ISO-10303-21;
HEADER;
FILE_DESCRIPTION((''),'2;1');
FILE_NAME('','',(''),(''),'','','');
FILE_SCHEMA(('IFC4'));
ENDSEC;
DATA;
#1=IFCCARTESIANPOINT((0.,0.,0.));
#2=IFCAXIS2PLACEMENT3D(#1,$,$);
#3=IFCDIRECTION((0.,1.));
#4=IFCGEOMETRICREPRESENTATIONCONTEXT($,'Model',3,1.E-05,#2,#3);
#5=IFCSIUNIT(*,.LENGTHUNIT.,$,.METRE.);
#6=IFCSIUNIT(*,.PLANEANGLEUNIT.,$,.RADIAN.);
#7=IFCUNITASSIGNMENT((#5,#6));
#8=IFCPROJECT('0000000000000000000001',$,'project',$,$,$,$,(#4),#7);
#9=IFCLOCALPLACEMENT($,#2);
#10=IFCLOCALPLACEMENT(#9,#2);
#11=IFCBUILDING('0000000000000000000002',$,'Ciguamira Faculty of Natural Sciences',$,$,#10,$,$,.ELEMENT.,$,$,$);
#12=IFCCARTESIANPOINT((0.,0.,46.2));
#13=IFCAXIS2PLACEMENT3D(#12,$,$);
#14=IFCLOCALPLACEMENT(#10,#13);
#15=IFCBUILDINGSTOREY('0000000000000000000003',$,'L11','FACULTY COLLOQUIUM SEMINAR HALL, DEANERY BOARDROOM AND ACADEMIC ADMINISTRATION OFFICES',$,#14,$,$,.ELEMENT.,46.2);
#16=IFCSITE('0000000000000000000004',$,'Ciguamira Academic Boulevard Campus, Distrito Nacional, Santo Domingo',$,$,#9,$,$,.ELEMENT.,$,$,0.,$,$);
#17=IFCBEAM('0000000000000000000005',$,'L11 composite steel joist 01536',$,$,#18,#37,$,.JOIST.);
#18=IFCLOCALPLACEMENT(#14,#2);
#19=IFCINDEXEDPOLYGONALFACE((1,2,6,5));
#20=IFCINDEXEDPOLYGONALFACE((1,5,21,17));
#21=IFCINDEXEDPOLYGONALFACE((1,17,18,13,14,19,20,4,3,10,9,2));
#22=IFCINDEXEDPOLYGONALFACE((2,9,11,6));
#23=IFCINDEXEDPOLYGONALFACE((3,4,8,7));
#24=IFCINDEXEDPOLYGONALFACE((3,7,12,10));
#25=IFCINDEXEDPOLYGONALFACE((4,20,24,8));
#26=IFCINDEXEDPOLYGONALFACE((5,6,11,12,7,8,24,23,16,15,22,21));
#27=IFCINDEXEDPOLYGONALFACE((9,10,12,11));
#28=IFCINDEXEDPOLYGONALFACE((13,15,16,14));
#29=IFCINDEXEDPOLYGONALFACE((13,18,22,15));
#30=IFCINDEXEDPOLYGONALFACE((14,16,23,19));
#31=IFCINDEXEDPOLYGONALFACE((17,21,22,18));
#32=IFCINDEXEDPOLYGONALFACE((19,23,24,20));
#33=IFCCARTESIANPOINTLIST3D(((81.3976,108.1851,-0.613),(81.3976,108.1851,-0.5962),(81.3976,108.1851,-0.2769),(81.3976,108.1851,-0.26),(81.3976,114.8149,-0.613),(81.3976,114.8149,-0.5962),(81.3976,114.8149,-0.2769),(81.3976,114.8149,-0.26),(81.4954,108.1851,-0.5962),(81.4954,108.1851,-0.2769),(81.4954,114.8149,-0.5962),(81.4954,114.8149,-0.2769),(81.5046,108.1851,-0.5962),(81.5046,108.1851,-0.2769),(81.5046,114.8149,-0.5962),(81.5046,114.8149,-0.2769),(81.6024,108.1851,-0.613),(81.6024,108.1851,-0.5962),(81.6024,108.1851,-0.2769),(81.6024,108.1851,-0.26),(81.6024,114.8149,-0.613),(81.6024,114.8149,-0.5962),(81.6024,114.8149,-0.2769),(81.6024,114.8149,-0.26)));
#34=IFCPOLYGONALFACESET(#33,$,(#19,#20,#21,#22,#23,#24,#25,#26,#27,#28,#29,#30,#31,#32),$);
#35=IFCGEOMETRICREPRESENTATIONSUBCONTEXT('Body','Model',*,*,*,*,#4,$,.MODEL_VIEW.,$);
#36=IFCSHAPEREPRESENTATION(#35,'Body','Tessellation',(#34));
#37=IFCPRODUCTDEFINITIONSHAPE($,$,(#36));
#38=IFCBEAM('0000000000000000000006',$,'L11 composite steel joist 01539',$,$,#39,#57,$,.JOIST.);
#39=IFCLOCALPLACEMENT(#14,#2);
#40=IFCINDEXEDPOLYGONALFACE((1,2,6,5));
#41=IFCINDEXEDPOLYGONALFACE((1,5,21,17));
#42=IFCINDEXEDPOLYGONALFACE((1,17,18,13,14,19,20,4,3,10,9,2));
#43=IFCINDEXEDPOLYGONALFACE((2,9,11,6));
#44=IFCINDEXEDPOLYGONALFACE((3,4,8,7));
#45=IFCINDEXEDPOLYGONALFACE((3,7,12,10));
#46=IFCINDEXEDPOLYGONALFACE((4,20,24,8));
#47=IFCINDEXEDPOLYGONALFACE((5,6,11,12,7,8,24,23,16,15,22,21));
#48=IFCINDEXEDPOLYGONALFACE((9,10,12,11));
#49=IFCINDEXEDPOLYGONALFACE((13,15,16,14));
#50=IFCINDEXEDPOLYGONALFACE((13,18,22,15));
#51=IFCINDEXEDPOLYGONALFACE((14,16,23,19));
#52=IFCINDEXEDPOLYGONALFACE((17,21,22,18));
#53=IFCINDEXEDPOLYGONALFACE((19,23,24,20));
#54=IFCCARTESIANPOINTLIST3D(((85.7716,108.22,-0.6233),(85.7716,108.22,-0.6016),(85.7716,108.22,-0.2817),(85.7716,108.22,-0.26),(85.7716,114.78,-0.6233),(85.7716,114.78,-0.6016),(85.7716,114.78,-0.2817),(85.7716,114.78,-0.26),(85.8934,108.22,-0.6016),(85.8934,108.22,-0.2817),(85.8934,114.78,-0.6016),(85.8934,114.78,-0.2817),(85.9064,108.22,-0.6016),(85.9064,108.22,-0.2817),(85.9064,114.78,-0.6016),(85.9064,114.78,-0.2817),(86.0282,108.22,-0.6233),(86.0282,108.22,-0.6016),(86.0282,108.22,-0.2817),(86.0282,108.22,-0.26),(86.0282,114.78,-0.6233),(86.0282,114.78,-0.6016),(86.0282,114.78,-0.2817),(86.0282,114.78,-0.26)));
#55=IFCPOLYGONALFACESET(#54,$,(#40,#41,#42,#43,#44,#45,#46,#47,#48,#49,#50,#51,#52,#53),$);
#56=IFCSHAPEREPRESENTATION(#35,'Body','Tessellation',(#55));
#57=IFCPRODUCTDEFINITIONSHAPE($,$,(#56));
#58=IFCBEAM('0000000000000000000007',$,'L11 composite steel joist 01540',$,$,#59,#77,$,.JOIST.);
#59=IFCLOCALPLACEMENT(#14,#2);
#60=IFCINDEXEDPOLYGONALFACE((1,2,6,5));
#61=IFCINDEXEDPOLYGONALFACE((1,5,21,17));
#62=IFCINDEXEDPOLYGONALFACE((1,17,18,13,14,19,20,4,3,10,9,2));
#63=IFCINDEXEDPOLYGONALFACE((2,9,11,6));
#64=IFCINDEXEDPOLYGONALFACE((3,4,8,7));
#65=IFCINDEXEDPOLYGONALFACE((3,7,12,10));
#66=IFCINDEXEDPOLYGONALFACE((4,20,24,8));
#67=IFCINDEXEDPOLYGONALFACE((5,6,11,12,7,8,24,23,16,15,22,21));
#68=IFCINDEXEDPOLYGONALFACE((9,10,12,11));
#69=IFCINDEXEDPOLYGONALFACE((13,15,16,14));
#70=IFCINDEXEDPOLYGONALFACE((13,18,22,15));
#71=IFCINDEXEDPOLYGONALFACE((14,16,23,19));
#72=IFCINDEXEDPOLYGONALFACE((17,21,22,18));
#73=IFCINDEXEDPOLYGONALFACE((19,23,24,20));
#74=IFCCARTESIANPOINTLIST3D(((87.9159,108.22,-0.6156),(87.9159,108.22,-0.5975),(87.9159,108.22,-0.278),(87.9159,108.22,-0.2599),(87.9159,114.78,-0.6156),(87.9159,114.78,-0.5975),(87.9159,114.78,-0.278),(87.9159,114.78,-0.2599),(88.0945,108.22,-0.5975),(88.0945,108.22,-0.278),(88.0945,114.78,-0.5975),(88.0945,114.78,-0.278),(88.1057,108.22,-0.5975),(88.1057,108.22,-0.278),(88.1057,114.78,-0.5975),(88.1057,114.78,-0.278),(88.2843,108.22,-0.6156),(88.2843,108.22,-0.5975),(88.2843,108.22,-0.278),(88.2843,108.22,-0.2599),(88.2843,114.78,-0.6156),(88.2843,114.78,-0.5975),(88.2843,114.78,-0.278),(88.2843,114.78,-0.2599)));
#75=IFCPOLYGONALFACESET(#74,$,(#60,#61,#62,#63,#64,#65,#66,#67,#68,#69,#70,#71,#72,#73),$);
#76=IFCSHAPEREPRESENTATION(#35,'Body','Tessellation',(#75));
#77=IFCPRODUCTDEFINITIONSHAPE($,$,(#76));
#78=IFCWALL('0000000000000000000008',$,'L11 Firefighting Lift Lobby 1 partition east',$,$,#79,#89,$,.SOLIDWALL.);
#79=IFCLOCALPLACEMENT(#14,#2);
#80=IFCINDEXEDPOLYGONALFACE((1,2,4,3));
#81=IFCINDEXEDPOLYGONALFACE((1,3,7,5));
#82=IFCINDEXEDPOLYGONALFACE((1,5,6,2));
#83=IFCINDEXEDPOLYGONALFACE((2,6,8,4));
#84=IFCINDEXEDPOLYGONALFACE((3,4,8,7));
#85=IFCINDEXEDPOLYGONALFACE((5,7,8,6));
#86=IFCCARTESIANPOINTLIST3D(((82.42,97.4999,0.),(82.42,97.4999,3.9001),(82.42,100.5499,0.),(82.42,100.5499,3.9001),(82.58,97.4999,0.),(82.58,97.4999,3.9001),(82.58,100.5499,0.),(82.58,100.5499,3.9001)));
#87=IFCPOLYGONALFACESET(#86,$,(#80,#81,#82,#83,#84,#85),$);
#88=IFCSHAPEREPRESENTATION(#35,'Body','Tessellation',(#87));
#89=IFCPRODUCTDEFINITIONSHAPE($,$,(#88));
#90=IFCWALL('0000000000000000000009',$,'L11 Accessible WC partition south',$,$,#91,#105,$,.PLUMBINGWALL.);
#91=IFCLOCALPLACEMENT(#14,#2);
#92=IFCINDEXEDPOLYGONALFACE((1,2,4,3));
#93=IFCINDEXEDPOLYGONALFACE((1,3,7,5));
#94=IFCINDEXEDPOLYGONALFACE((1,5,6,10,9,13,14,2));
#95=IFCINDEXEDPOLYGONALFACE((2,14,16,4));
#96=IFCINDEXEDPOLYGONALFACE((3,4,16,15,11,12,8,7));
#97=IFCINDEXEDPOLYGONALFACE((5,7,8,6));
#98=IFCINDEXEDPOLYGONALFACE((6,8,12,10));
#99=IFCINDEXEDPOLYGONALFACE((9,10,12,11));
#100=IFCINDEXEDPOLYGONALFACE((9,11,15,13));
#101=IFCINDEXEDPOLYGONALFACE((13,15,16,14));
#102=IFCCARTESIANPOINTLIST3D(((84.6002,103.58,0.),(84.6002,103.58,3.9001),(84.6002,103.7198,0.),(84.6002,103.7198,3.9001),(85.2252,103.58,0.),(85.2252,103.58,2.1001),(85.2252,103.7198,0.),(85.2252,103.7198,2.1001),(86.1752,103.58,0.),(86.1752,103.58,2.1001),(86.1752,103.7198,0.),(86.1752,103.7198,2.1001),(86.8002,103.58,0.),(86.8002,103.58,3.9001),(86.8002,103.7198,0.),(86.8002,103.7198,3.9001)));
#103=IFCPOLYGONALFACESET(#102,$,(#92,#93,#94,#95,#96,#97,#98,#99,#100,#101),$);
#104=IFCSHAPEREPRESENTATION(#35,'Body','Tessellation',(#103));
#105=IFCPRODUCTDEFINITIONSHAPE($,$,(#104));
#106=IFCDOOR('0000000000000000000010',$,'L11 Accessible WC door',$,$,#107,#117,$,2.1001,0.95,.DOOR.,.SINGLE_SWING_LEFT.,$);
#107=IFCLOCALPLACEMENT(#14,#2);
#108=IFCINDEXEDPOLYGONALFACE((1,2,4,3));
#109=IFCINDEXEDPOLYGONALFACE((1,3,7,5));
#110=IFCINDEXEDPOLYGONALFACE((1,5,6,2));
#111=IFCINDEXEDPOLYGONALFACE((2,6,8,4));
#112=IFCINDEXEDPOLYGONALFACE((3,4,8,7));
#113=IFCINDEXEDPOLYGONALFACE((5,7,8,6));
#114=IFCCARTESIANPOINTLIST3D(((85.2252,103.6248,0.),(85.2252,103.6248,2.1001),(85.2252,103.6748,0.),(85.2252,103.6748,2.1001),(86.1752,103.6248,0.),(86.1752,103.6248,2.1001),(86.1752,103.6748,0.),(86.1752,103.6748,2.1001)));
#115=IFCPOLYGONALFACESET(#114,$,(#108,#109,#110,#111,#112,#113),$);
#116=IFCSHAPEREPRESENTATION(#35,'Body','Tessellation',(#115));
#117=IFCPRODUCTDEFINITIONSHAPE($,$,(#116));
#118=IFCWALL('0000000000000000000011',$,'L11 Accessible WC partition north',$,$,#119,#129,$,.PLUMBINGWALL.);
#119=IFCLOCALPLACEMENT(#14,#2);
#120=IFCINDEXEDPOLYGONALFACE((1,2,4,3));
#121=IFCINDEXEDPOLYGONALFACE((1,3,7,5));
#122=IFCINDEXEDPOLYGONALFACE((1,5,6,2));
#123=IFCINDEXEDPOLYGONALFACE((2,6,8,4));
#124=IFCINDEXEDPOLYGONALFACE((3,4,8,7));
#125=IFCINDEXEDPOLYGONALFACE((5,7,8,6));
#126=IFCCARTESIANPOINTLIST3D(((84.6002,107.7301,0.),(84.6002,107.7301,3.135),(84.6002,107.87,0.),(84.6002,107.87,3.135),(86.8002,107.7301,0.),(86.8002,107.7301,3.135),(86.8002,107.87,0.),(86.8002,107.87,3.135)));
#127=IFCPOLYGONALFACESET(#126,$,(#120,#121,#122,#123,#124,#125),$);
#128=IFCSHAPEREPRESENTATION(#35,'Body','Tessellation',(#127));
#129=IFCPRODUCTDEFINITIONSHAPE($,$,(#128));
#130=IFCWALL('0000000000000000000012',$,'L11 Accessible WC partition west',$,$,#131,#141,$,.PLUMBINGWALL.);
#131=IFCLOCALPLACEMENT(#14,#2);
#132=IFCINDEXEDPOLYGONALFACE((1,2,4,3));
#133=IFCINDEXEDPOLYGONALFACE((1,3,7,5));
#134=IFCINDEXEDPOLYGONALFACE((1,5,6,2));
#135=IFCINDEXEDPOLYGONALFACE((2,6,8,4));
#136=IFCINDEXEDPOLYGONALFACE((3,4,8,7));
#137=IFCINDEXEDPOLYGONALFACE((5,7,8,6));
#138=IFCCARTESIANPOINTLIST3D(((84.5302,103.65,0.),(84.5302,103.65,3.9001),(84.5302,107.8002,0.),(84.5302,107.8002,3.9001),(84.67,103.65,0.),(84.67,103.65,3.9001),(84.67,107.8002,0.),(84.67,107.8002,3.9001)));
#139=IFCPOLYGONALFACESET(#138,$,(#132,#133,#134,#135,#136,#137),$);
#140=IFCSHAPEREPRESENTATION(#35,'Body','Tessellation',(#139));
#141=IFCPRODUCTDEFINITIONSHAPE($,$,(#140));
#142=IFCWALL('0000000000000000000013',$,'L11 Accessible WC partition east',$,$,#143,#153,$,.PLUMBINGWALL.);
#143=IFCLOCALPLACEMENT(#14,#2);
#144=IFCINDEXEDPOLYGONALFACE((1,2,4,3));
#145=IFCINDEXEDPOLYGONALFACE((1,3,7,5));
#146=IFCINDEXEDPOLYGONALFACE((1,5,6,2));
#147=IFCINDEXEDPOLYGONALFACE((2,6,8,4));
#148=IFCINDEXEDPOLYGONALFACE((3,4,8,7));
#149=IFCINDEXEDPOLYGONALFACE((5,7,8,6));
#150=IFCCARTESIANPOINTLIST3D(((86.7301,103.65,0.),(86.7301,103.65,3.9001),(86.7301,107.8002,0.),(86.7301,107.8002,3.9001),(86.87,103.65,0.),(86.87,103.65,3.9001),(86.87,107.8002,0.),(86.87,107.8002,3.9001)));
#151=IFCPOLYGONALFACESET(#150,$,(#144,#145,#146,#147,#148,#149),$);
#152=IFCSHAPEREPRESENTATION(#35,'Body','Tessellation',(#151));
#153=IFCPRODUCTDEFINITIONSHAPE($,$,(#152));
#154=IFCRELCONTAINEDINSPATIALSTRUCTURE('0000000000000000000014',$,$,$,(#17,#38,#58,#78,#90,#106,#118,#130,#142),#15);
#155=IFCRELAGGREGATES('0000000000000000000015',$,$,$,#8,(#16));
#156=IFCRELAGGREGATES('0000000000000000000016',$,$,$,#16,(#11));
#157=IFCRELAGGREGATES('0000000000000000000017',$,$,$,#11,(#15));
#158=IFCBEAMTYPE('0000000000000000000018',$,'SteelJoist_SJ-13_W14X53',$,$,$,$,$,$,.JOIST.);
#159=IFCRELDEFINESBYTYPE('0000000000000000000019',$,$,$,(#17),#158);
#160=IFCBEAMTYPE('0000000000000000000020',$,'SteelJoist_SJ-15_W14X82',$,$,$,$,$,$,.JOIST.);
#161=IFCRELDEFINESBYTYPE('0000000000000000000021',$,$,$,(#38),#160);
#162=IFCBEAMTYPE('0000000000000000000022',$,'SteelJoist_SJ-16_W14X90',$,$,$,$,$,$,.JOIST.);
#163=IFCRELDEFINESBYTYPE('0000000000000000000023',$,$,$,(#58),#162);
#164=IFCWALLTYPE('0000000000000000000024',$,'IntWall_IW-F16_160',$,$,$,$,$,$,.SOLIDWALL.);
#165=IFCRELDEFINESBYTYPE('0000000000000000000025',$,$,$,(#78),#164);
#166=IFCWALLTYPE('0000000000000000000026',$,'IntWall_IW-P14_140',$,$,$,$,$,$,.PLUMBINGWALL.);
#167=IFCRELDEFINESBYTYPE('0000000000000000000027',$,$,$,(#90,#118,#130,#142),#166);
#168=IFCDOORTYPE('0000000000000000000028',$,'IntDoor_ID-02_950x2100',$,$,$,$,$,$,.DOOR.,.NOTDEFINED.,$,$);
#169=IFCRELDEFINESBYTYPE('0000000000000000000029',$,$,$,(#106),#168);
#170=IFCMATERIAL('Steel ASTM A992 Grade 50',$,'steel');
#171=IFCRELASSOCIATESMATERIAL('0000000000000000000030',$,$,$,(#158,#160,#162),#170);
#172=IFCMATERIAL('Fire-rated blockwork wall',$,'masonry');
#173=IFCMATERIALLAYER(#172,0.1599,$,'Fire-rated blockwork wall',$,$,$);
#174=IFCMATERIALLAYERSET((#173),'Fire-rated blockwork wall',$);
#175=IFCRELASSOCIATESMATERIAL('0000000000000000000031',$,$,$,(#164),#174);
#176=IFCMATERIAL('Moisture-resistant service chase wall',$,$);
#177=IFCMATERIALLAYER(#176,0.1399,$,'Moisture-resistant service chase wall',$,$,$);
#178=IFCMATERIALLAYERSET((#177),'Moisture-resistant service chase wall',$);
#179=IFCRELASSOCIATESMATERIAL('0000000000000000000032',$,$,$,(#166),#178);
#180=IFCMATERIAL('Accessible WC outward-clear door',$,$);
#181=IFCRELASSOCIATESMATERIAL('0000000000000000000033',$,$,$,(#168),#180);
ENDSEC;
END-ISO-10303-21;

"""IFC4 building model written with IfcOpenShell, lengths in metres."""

from ifc_helpers import new_model, si_unit, direction, frame, frame_2d, origin, origin_2d, place, context, subcontext, project, spatial, rectangle, i_section, extrude, material, layer, layer_set, material_profile, profile_set, type_object, element, fill, save


model = new_model("IFC4")

# Units and contexts
model_context = context("Model", 3, precision=1e-05, world=origin(), true_north=direction((0.0, 1.0)))
body_context = subcontext(model_context, "Body", "Model", "MODEL_VIEW")
ifc_project = project(units=[si_unit("LENGTHUNIT", "METRE"), si_unit("PLANEANGLEUNIT", "RADIAN")], contexts=[model_context])

# Site, building, storey
site_placement = place(None, origin())
site = spatial("IfcSite", under=ifc_project, at=site_placement, Name="Ciguamira Academic Boulevard Campus, Distrito Nacional, Santo Domingo", CompositionType="ELEMENT", RefElevation=0.0)
building_placement = place(site_placement, origin())
building = spatial("IfcBuilding", under=site, at=building_placement, Name="Ciguamira Faculty of Natural Sciences", CompositionType="ELEMENT")
storey_placement = place(building_placement, frame((0.0, 0.0, 46.2)))
storey = spatial("IfcBuildingStorey", under=building, at=storey_placement, Name="L11", Description="FACULTY COLLOQUIUM SEMINAR HALL, DEANERY BOARDROOM AND ACADEMIC ADMINISTRATION OFFICES", CompositionType="ELEMENT", Elevation=46.2)

# Beams
ifc_material_1 = material(Name="Steel ASTM A992 Grade 50", Category="steel")
ifc_material_profile_1 = material_profile(ifc_material_1, i_section(OverallWidth=0.2048, OverallDepth=0.353, WebThickness=0.0093, FlangeThickness=0.0168, at=origin_2d()), Name="W14X53")
ifc_profile_set_1 = profile_set([ifc_material_profile_1], Name="Steel ASTM A992 Grade 50")
beam_type_1 = type_object("IfcBeamType", Name="SteelJoist_SJ-13_W14X53", PredefinedType="JOIST", material=ifc_profile_set_1)
beam_1_placement = place(storey_placement, frame((81.5, 108.1851, -0.4365), z_axis=(0.0, 1.0, 0.0), x_axis=(-1.0, 0.0, 0.0)))
element("IfcBeam", 1, at=beam_1_placement, inside=storey, type_object=beam_type_1, Name="L11 composite steel joist 01536", PredefinedType="JOIST", context=body_context, shape_type="SweptSolid", body=[
    extrude(i_section(OverallWidth=0.2048, OverallDepth=0.353, WebThickness=0.0093, FlangeThickness=0.0168, at=origin_2d()), origin(), (0.0, 0.0, 1.0), 6.6299),
])
ifc_material_profile_2 = material_profile(ifc_material_1, i_section(OverallWidth=0.2566, OverallDepth=0.3633, WebThickness=0.0129, FlangeThickness=0.0217, at=origin_2d()), Name="W14X82")
ifc_profile_set_2 = profile_set([ifc_material_profile_2], Name="Steel ASTM A992 Grade 50")
beam_type_2 = type_object("IfcBeamType", Name="SteelJoist_SJ-15_W14X82", PredefinedType="JOIST", material=ifc_profile_set_2)
beam_2_placement = place(storey_placement, frame((85.8999, 108.22, -0.4417), z_axis=(0.0, 1.0, 0.0), x_axis=(-1.0, 0.0, 0.0)))
element("IfcBeam", 2, at=beam_2_placement, inside=storey, type_object=beam_type_2, Name="L11 composite steel joist 01539", PredefinedType="JOIST", context=body_context, shape_type="SweptSolid", body=[
    extrude(i_section(OverallWidth=0.2566, OverallDepth=0.3633, WebThickness=0.0129, FlangeThickness=0.0217, at=origin_2d()), origin(), (0.0, 0.0, 1.0), 6.5601),
])
ifc_material_profile_3 = material_profile(ifc_material_1, i_section(OverallWidth=0.3684, OverallDepth=0.3557, WebThickness=0.0112, FlangeThickness=0.0181, at=origin_2d()), Name="W14X90")
ifc_profile_set_3 = profile_set([ifc_material_profile_3], Name="Steel ASTM A992 Grade 50")
beam_type_3 = type_object("IfcBeamType", Name="SteelJoist_SJ-16_W14X90", PredefinedType="JOIST", material=ifc_profile_set_3)
beam_3_placement = place(storey_placement, frame((88.1001, 108.22, -0.4377), z_axis=(0.0, 1.0, 0.0), x_axis=(-1.0, 0.0, 0.0)))
element("IfcBeam", 3, at=beam_3_placement, inside=storey, type_object=beam_type_3, Name="L11 composite steel joist 01540", PredefinedType="JOIST", context=body_context, shape_type="SweptSolid", body=[
    extrude(i_section(OverallWidth=0.3684, OverallDepth=0.3557, WebThickness=0.0112, FlangeThickness=0.0181, at=origin_2d()), origin(), (0.0, 0.0, 1.0), 6.5601),
])

# Wall
ifc_material_2 = material(Name="Fire-rated blockwork wall", Category="masonry")
ifc_layer_1 = layer(ifc_material_2, 0.1599, Name="Fire-rated blockwork wall")
ifc_layer_set_1 = layer_set([ifc_layer_1], Name="Fire-rated blockwork wall")
wall_type_1 = type_object("IfcWallType", Name="IntWall_IW-F16_160", PredefinedType="SOLIDWALL", material=ifc_layer_set_1)
wall_1_placement = place(storey_placement, frame((82.5, 97.5, 0.0), z_axis=(0.0, 0.0, 1.0), x_axis=(0.0, 1.0, 0.0)))
element("IfcWall", 4, at=wall_1_placement, inside=storey, type_object=wall_type_1, Name="L11 Firefighting Lift Lobby 1 partition east", PredefinedType="SOLIDWALL", context=body_context, shape_type="SweptSolid", body=[
    extrude(rectangle(XDim=3.05, YDim=0.1599, at=frame_2d((1.5249, 0.0))), origin(), (0.0, 0.0, 1.0), 3.9001),
])

# Wall, opening, door
ifc_material_3 = material(Name="Moisture-resistant service chase wall")
ifc_layer_2 = layer(ifc_material_3, 0.1399, Name="Moisture-resistant service chase wall")
ifc_layer_set_2 = layer_set([ifc_layer_2], Name="Moisture-resistant service chase wall")
wall_type_2 = type_object("IfcWallType", Name="IntWall_IW-P14_140", PredefinedType="PLUMBINGWALL", material=ifc_layer_set_2)
wall_2_placement = place(storey_placement, frame((84.6001, 103.6499, 0.0), z_axis=(0.0, 0.0, 1.0), x_axis=(1.0, 0.0, 0.0)))
wall_2 = element("IfcWall", 5, at=wall_2_placement, inside=storey, type_object=wall_type_2, Name="L11 Accessible WC partition south", PredefinedType="PLUMBINGWALL", context=body_context, shape_type="SweptSolid", body=[
    extrude(rectangle(XDim=2.2, YDim=0.1399, at=frame_2d((1.1001, 0.0))), origin(), (0.0, 0.0, 1.0), 3.9001),
])
opening_1_placement = place(wall_2_placement, frame((0.625, 0.0, 0.0)))
opening_1 = element("IfcOpeningElement", 6, at=opening_1_placement, cuts=wall_2, PredefinedType="OPENING", context=body_context, shape_type="SweptSolid", body=[
    extrude(rectangle(XDim=0.95, YDim=2.1001, at=frame_2d((0.4751, 1.05))), frame((0.0, 0.0798, 0.0), z_axis=(0.0, -1.0, 0.0), x_axis=(1.0, 0.0, 0.0)), (0.0, 0.0, 1.0), 0.1599),
])
ifc_material_4 = material(Name="Accessible WC outward-clear door")
door_type = type_object("IfcDoorType", Name="IntDoor_ID-02_950x2100", OperationType="NOTDEFINED", PredefinedType="DOOR", material=ifc_material_4)
door_1_placement = place(opening_1_placement, origin())
door_1 = element("IfcDoor", 7, at=door_1_placement, inside=storey, type_object=door_type, Name="L11 Accessible WC door", OperationType="SINGLE_SWING_LEFT", OverallHeight=2.1001, OverallWidth=0.95, PredefinedType="DOOR", context=body_context, shape_type="SweptSolid", body=[
    extrude(rectangle(XDim=0.95, YDim=2.1001, at=frame_2d((0.4751, 1.05))), frame((0.0, 0.0249, 0.0), z_axis=(0.0, -1.0, 0.0), x_axis=(1.0, 0.0, 0.0)), (0.0, 0.0, 1.0), 0.05),
])
fill(opening_1, door_1)

# Walls
wall_3_placement = place(storey_placement, frame((84.6001, 107.8, 0.0), z_axis=(0.0, 0.0, 1.0), x_axis=(1.0, 0.0, 0.0)))
element("IfcWall", 8, at=wall_3_placement, inside=storey, type_object=wall_type_2, Name="L11 Accessible WC partition north", PredefinedType="PLUMBINGWALL", context=body_context, shape_type="SweptSolid", body=[
    extrude(rectangle(XDim=2.2, YDim=0.1399, at=frame_2d((1.1001, 0.0))), origin(), (0.0, 0.0, 1.0), 3.135),
])
for number, where, z_axis, x_axis, name in (
    (9, (84.6001, 103.6499, 0.0), (0.0, 0.0, 1.0), (0.0, 1.0, 0.0), "L11 Accessible WC partition west"),
    (10, (86.8, 103.6499, 0.0), (0.0, 0.0, 1.0), (0.0, 1.0, 0.0), "L11 Accessible WC partition east"),
):
    element("IfcWall", number, at=place(storey_placement, frame(where, z_axis=z_axis, x_axis=x_axis)), inside=storey, type_object=wall_type_2, Name=name, PredefinedType="PLUMBINGWALL", context=body_context, shape_type="SweptSolid", body=[
        extrude(rectangle(XDim=4.1501, YDim=0.1399, at=frame_2d((2.0752, 0.0))), origin(), (0.0, 0.0, 1.0), 3.9001),
    ])

save(model, "model.ifc")
